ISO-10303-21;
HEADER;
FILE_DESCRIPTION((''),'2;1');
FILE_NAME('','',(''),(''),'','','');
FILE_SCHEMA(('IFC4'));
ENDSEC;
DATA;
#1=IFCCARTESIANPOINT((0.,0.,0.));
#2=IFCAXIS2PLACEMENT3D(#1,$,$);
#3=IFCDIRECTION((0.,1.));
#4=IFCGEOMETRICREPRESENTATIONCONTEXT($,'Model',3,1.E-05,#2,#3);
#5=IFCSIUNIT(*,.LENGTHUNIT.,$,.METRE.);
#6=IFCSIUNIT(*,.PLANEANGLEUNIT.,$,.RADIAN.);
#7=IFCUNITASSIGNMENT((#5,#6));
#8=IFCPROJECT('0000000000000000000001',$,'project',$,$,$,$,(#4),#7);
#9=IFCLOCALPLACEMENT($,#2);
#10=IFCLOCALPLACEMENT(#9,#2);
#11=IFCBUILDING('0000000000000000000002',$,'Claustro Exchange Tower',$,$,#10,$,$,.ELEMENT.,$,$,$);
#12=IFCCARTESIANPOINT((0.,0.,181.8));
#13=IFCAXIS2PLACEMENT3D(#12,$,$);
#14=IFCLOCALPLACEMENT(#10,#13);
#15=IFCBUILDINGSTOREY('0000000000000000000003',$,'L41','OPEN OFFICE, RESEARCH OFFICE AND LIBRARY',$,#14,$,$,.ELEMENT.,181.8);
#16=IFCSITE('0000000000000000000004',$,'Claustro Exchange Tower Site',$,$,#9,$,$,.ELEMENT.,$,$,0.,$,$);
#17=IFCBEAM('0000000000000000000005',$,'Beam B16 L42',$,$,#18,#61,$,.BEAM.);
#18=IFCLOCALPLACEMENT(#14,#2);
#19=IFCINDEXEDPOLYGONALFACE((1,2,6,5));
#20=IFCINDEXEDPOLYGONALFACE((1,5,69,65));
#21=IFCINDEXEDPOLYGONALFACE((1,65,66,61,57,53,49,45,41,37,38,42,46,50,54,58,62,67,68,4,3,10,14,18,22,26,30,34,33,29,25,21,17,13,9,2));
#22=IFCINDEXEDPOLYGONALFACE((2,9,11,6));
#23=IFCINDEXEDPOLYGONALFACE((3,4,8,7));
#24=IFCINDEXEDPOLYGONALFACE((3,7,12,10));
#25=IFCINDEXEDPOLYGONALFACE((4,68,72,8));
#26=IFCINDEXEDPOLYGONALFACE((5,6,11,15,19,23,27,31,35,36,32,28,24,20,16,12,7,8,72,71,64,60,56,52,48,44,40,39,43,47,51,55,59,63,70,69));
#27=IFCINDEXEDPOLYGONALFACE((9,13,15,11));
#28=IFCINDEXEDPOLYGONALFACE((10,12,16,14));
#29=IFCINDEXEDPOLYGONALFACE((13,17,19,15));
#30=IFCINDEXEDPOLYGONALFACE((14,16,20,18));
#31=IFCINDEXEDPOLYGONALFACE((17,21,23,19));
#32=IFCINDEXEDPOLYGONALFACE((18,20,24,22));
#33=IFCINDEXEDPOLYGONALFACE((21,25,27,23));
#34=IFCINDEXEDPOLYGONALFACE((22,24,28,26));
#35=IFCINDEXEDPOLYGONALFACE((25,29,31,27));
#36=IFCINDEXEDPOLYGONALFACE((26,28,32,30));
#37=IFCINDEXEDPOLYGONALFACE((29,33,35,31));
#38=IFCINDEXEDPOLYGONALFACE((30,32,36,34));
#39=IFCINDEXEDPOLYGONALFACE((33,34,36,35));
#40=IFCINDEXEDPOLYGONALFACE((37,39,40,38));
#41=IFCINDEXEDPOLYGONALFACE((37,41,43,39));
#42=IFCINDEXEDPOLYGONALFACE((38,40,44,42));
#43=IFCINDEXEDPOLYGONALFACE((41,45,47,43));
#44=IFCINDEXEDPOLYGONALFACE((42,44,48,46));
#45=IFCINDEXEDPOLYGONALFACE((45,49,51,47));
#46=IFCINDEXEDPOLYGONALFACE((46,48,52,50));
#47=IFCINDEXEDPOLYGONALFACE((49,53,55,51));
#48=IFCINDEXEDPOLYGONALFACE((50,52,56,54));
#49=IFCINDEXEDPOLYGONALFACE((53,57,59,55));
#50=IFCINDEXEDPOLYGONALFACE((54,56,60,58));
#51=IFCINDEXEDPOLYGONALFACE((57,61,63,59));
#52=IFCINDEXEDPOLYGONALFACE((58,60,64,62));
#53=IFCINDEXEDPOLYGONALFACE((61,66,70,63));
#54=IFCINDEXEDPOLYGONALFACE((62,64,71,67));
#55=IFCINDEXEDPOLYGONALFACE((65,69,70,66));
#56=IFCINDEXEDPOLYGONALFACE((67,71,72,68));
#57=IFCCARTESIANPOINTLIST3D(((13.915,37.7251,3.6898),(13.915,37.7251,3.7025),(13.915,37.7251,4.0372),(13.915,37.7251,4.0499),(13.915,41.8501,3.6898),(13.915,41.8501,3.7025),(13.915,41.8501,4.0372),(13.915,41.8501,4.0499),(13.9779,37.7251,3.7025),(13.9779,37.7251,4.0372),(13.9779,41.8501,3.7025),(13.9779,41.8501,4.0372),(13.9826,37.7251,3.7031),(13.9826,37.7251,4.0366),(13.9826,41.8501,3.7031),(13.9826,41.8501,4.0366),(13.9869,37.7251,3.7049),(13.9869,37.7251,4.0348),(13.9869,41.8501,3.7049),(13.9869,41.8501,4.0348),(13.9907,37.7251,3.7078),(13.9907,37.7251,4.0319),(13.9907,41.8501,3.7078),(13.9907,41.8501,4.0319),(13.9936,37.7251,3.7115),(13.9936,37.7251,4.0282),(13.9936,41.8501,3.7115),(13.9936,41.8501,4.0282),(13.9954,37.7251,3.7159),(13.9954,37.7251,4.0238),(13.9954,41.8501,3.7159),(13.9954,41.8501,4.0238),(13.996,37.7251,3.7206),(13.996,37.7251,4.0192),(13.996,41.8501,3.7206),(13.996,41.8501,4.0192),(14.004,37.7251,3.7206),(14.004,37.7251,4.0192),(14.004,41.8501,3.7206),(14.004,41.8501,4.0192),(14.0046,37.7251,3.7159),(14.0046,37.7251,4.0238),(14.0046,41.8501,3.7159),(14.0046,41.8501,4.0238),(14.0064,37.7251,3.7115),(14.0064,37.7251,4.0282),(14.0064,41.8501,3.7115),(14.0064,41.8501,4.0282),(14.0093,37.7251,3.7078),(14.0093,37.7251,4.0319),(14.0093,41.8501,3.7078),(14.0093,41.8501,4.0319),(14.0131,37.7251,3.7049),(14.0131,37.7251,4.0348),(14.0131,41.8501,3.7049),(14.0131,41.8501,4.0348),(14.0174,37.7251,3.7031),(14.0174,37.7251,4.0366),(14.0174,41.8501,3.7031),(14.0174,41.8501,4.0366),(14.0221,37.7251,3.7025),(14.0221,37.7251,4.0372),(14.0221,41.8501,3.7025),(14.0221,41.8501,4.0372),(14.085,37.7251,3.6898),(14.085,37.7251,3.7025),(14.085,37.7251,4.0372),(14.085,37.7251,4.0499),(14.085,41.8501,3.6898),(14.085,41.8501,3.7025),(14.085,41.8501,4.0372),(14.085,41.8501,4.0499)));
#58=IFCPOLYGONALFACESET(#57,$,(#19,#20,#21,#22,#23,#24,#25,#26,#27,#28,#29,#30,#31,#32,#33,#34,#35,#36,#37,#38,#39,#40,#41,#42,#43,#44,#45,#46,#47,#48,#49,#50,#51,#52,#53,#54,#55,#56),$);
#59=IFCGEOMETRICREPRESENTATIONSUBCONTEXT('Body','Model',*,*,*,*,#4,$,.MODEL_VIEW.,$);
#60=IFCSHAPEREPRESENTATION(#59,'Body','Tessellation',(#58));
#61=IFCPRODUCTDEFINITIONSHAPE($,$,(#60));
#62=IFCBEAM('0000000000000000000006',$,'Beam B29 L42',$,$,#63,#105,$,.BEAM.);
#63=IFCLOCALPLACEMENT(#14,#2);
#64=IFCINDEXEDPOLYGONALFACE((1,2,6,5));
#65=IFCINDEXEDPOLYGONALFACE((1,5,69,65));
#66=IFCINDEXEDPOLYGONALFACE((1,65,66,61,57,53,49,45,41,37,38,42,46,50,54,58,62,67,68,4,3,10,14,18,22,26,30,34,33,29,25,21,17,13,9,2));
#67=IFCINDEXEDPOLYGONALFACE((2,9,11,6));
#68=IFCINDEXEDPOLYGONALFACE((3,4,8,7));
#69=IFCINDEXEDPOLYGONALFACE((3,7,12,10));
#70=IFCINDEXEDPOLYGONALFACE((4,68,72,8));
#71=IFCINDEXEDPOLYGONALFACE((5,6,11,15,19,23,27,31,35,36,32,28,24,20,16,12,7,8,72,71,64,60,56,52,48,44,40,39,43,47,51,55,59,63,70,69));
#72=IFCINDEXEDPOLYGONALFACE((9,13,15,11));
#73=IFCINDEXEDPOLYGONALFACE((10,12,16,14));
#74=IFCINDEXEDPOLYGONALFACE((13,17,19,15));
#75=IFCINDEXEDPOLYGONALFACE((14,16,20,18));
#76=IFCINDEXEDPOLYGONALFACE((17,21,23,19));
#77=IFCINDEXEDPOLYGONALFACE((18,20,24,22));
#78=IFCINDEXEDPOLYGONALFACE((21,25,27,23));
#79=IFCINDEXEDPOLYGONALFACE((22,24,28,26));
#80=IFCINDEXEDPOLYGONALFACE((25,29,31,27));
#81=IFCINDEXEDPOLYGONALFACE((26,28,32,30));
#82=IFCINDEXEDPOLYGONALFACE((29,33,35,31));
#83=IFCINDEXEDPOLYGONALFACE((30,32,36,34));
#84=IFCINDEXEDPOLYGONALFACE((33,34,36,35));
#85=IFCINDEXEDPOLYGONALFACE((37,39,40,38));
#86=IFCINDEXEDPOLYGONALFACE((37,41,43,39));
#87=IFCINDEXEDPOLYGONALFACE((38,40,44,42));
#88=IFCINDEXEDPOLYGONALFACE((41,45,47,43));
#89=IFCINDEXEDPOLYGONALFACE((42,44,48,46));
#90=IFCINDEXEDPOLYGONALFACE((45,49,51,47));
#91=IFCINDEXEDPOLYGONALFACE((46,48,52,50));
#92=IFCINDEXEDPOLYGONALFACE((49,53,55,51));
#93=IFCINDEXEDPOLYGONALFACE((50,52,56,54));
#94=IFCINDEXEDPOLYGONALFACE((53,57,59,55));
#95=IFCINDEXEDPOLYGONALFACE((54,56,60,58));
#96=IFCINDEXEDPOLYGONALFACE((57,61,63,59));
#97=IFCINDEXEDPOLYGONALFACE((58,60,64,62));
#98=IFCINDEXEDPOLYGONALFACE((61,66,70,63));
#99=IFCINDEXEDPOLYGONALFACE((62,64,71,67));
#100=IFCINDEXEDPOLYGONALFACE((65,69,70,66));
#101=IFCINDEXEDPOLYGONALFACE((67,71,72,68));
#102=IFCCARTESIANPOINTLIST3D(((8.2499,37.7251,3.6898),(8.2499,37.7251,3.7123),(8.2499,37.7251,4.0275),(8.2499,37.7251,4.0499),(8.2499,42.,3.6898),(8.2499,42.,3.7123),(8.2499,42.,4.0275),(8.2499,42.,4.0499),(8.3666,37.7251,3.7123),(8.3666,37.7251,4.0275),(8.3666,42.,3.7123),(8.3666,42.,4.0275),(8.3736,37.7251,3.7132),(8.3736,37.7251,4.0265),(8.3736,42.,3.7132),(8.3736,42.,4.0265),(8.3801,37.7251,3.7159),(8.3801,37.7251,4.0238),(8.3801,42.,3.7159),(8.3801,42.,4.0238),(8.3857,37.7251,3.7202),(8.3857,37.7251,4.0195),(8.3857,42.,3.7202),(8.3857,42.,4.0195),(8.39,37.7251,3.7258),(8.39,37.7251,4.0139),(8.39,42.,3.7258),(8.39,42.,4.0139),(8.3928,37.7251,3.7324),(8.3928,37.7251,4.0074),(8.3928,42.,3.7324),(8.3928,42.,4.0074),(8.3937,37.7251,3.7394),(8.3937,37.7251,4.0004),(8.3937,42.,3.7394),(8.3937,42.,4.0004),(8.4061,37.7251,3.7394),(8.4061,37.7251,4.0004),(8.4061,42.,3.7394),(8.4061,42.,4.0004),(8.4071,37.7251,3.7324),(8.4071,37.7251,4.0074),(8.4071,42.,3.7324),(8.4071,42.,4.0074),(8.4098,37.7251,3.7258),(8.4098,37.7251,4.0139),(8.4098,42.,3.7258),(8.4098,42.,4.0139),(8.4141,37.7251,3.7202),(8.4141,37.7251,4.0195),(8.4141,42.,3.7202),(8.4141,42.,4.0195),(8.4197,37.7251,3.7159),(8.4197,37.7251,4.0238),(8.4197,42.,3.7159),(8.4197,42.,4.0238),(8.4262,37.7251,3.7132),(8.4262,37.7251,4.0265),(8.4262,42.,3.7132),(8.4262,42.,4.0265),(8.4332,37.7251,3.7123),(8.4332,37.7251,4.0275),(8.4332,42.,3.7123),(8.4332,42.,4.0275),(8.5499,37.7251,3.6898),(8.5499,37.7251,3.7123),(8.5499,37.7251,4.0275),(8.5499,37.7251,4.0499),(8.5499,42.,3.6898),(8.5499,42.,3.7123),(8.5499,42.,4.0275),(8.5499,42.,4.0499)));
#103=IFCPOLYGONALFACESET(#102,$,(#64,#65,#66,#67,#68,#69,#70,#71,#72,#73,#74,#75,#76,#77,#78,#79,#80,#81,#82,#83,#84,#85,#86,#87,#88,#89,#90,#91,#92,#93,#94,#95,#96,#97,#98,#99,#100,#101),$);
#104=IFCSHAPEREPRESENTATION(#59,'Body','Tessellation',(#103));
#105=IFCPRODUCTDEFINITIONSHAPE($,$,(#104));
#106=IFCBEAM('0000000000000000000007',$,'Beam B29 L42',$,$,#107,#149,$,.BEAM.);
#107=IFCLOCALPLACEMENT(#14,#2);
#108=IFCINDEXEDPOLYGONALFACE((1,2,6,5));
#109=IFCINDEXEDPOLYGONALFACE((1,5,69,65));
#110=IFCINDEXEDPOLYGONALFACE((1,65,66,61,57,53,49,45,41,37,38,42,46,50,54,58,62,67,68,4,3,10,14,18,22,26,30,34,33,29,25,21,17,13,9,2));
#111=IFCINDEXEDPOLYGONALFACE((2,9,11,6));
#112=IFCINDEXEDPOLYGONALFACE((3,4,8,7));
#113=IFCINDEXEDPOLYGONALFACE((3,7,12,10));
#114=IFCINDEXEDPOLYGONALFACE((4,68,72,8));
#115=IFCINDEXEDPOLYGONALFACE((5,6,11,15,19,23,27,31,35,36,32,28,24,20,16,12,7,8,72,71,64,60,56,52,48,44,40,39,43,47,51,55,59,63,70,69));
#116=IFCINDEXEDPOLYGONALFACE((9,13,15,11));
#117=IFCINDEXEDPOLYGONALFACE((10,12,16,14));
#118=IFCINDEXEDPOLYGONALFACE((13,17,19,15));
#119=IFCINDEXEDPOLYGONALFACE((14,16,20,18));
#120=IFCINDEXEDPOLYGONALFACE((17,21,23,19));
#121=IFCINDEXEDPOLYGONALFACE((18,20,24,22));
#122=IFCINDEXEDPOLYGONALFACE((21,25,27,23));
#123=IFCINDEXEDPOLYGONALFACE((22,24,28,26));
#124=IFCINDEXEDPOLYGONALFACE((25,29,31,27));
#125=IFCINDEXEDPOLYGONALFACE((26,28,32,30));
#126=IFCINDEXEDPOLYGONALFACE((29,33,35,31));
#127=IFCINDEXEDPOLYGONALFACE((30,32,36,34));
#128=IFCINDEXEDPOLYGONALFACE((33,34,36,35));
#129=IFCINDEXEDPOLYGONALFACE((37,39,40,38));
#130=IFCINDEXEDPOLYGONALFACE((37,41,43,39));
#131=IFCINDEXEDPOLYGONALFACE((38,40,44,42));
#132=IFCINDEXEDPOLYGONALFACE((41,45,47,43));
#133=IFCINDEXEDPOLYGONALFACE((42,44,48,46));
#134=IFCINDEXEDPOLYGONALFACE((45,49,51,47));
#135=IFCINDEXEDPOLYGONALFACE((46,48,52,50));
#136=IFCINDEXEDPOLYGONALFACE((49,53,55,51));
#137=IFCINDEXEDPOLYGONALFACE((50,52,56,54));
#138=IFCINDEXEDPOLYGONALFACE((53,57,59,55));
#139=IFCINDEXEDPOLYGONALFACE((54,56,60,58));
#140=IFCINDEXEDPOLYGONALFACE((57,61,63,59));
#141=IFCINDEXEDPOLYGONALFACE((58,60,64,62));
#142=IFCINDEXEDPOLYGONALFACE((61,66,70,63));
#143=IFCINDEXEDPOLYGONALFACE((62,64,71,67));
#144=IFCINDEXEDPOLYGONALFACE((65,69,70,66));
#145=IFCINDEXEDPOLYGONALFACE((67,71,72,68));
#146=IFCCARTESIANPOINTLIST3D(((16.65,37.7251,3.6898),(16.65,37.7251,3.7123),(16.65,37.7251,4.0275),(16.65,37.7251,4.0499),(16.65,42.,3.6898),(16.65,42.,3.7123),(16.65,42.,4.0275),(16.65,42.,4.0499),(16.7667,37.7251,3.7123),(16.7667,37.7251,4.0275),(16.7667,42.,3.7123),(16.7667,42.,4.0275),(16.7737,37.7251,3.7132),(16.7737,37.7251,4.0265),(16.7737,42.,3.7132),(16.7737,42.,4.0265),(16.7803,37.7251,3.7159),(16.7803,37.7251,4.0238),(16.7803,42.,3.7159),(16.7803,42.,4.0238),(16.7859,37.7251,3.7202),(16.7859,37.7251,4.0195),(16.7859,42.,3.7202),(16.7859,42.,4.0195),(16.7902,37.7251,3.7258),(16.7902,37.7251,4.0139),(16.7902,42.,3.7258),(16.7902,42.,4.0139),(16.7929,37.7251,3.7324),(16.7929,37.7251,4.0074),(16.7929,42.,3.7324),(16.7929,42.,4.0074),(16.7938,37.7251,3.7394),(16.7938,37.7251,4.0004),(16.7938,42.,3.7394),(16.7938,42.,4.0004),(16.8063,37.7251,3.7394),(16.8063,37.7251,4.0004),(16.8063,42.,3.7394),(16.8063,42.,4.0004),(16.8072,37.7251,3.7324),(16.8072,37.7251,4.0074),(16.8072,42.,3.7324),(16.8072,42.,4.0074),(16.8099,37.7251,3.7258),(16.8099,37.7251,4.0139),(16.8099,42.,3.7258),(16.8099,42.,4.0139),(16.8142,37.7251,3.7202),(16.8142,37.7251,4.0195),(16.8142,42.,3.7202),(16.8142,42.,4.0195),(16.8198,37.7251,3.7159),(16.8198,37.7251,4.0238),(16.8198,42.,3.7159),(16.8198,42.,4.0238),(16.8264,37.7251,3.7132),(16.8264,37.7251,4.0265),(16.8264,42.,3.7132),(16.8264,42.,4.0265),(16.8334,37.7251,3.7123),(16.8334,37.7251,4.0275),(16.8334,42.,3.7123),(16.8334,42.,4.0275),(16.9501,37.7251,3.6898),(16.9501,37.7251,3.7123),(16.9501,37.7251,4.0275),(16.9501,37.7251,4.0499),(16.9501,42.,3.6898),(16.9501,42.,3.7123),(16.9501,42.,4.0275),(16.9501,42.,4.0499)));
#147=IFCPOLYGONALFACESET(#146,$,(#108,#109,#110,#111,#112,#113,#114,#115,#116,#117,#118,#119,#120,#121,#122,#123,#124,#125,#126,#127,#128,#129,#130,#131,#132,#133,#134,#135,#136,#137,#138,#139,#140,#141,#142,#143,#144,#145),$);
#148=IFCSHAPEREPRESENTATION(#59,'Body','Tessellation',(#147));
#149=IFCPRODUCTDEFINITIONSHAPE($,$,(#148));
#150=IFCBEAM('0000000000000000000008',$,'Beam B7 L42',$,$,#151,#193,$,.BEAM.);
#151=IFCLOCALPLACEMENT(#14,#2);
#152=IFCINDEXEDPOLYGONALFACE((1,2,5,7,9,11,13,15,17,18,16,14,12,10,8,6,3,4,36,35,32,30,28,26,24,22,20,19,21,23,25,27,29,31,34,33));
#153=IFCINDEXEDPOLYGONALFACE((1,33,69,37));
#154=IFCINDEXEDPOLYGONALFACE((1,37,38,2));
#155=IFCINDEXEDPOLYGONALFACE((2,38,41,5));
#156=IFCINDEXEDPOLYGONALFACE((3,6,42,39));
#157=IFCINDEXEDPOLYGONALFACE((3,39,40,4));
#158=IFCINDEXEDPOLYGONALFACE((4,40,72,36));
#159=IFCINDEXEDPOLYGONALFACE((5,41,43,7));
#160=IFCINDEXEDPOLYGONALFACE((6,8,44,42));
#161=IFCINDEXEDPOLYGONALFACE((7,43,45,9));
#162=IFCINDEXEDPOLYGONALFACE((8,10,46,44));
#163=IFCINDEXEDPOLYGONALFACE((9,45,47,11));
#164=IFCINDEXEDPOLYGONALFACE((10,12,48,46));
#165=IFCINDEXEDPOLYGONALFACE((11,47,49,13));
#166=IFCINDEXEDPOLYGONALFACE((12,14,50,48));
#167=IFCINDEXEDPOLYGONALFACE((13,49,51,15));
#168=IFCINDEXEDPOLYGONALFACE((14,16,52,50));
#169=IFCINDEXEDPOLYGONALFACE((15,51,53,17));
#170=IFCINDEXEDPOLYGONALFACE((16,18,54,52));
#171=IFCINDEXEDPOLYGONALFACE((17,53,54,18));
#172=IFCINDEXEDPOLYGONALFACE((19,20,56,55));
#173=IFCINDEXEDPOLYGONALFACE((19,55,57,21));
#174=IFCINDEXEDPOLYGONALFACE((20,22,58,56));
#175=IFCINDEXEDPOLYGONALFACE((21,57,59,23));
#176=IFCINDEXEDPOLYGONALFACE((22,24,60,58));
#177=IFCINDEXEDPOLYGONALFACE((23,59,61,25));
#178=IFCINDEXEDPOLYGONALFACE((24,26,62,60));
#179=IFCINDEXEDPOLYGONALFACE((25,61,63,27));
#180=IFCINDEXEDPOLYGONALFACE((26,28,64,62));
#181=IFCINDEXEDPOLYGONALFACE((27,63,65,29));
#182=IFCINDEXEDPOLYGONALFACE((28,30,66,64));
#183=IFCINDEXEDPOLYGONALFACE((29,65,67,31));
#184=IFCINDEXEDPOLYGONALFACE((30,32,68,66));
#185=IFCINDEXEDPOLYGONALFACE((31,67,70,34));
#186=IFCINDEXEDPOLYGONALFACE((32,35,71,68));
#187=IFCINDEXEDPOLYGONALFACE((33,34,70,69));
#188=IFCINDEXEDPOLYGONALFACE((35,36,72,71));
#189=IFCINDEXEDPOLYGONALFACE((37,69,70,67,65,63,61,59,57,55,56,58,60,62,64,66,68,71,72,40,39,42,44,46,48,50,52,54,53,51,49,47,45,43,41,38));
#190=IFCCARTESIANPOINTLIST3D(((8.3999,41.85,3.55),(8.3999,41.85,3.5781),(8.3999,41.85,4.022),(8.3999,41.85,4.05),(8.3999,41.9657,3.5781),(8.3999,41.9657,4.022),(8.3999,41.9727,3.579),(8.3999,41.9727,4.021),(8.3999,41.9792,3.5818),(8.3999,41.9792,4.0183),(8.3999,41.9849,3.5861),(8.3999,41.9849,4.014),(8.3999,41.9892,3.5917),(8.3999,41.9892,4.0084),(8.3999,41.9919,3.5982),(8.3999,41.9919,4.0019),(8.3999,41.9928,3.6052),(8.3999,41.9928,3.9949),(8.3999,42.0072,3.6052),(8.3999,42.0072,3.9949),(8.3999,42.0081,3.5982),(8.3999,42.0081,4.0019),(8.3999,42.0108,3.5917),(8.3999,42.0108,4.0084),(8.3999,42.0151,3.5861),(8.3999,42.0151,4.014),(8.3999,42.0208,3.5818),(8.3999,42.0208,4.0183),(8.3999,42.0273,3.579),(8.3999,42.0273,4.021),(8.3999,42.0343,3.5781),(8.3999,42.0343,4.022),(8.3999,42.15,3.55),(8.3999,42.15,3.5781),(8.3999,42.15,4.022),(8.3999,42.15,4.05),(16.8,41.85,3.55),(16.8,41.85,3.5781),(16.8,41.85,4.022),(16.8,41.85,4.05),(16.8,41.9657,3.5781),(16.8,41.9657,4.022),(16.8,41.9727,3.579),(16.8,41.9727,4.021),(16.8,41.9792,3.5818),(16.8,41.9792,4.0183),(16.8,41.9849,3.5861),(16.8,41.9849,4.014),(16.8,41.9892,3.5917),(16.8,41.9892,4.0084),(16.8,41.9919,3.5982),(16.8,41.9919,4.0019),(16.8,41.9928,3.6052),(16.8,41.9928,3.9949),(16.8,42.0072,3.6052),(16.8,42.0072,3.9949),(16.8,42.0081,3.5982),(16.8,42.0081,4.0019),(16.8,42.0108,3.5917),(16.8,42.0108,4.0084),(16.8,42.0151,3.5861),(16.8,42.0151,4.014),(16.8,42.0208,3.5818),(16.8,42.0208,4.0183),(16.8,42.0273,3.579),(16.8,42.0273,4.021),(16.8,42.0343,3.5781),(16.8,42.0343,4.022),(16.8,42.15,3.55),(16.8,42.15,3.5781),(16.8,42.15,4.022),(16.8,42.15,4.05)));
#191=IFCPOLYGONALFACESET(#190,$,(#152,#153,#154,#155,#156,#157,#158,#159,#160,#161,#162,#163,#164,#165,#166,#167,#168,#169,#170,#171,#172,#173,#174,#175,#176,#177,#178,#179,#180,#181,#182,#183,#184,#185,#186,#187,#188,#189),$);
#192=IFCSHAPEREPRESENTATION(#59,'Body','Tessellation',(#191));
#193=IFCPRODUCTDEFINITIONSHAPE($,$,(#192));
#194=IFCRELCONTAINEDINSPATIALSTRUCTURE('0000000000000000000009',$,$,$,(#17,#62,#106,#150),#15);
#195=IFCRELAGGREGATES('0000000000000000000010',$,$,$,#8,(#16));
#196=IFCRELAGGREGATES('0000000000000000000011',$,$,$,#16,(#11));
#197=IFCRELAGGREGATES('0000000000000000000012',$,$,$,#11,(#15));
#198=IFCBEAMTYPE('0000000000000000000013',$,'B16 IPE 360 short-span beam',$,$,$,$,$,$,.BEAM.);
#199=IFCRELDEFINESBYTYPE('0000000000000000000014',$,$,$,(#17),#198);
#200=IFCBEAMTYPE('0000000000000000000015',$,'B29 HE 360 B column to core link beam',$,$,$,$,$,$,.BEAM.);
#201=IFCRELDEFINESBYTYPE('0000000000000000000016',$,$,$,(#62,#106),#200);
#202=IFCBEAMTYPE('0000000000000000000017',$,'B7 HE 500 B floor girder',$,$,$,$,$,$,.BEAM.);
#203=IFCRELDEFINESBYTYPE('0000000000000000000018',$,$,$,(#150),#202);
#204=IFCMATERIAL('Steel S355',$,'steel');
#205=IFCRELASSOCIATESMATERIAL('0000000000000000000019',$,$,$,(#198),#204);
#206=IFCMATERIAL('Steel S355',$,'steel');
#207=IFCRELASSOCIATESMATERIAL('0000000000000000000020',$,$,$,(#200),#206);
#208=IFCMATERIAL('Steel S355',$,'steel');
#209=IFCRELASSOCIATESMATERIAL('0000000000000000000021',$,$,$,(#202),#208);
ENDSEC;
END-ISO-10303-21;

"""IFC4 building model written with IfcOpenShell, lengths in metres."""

from ifc_helpers import new_model, si_unit, direction, frame, origin, origin_2d, place, context, subcontext, project, spatial, i_section, extrude, material, material_profile, profile_set, type_object, element, save


model = new_model("IFC4")

# Units and contexts
model_context = context("Model", 3, precision=1e-05, world=origin(), true_north=direction((0.0, 1.0)))
body_context = subcontext(model_context, "Body", "Model", "MODEL_VIEW")
ifc_project = project(units=[si_unit("LENGTHUNIT", "METRE"), si_unit("PLANEANGLEUNIT", "RADIAN")], contexts=[model_context])

# Site, building, storey
site_placement = place(None, origin())
site = spatial("IfcSite", under=ifc_project, at=site_placement, Name="Claustro Exchange Tower Site", CompositionType="ELEMENT", RefElevation=0.0)
building_placement = place(site_placement, origin())
building = spatial("IfcBuilding", under=site, at=building_placement, Name="Claustro Exchange Tower", CompositionType="ELEMENT")
storey_placement = place(building_placement, frame((0.0, 0.0, 181.8)))
storey = spatial("IfcBuildingStorey", under=building, at=storey_placement, Name="L41", Description="OPEN OFFICE, RESEARCH OFFICE AND LIBRARY", CompositionType="ELEMENT", Elevation=181.8)

# Beams
ifc_material_1 = material(Name="Steel S355", Category="steel")
ifc_material_profile_1 = material_profile(ifc_material_1, i_section(OverallWidth=0.1699, OverallDepth=0.3601, WebThickness=0.0081, FlangeThickness=0.0127, FilletRadius=0.0181, at=origin_2d()), Name="IPE 360")
ifc_profile_set_1 = profile_set([ifc_material_profile_1], Name="Steel S355")
beam_type_1 = type_object("IfcBeamType", Name="B16 IPE 360 short-span beam", PredefinedType="BEAM", material=ifc_profile_set_1)
for number, where, z_axis, x_axis, name in (
    (1, (14.0, 37.7251, 3.8699), (0.0, 1.0, 0.0), (-1.0, 0.0, 0.0), "Beam B16 L42"),
):
    element("IfcBeam", number, at=place(storey_placement, frame(where, z_axis=z_axis, x_axis=x_axis)), inside=storey, type_object=beam_type_1, Name=name, PredefinedType="BEAM", context=body_context, shape_type="SweptSolid", body=[
        extrude(i_section(OverallWidth=0.1699, OverallDepth=0.3601, WebThickness=0.0081, FlangeThickness=0.0127, FilletRadius=0.0181, at=origin_2d()), origin(), (0.0, 0.0, 1.0), 4.125),
    ])
ifc_material_2 = material(Name="Steel S355", Category="steel")
ifc_material_profile_2 = material_profile(ifc_material_2, i_section(OverallWidth=0.3, OverallDepth=0.3601, WebThickness=0.0125, FlangeThickness=0.0225, FilletRadius=0.0271, at=origin_2d()), Name="HE 360 B")
ifc_profile_set_2 = profile_set([ifc_material_profile_2], Name="Steel S355")
beam_type_2 = type_object("IfcBeamType", Name="B29 HE 360 B column to core link beam", PredefinedType="BEAM", material=ifc_profile_set_2)
for number, where, z_axis, x_axis, name in (
    (2, (8.3999, 37.7251, 3.8699), (0.0, 1.0, 0.0), (-1.0, 0.0, 0.0), "Beam B29 L42"),
    (3, (16.8, 37.7251, 3.8699), (0.0, 1.0, 0.0), (-1.0, 0.0, 0.0), "Beam B29 L42"),
):
    element("IfcBeam", number, at=place(storey_placement, frame(where, z_axis=z_axis, x_axis=x_axis)), inside=storey, type_object=beam_type_2, Name=name, PredefinedType="BEAM", context=body_context, shape_type="SweptSolid", body=[
        extrude(i_section(OverallWidth=0.3, OverallDepth=0.3601, WebThickness=0.0125, FlangeThickness=0.0225, FilletRadius=0.0271, at=origin_2d()), origin(), (0.0, 0.0, 1.0), 4.2749),
    ])
ifc_material_3 = material(Name="Steel S355", Category="steel")
ifc_material_profile_3 = material_profile(ifc_material_3, i_section(OverallWidth=0.3, OverallDepth=0.5, WebThickness=0.0144, FlangeThickness=0.0281, FilletRadius=0.0271, at=origin_2d()), Name="HE 500 B")
ifc_profile_set_3 = profile_set([ifc_material_profile_3], Name="Steel S355")
beam_type_3 = type_object("IfcBeamType", Name="B7 HE 500 B floor girder", PredefinedType="BEAM", material=ifc_profile_set_3)
beam_1_placement = place(storey_placement, frame((8.3999, 42.0, 3.8), z_axis=(1.0, 0.0, 0.0), x_axis=(0.0, 1.0, 0.0)))
element("IfcBeam", 4, at=beam_1_placement, inside=storey, type_object=beam_type_3, Name="Beam B7 L42", PredefinedType="BEAM", context=body_context, shape_type="SweptSolid", body=[
    extrude(i_section(OverallWidth=0.3, OverallDepth=0.5, WebThickness=0.0144, FlangeThickness=0.0281, FilletRadius=0.0271, at=origin_2d()), origin(), (0.0, 0.0, 1.0), 8.4001),
])

save(model, "model.ifc")
